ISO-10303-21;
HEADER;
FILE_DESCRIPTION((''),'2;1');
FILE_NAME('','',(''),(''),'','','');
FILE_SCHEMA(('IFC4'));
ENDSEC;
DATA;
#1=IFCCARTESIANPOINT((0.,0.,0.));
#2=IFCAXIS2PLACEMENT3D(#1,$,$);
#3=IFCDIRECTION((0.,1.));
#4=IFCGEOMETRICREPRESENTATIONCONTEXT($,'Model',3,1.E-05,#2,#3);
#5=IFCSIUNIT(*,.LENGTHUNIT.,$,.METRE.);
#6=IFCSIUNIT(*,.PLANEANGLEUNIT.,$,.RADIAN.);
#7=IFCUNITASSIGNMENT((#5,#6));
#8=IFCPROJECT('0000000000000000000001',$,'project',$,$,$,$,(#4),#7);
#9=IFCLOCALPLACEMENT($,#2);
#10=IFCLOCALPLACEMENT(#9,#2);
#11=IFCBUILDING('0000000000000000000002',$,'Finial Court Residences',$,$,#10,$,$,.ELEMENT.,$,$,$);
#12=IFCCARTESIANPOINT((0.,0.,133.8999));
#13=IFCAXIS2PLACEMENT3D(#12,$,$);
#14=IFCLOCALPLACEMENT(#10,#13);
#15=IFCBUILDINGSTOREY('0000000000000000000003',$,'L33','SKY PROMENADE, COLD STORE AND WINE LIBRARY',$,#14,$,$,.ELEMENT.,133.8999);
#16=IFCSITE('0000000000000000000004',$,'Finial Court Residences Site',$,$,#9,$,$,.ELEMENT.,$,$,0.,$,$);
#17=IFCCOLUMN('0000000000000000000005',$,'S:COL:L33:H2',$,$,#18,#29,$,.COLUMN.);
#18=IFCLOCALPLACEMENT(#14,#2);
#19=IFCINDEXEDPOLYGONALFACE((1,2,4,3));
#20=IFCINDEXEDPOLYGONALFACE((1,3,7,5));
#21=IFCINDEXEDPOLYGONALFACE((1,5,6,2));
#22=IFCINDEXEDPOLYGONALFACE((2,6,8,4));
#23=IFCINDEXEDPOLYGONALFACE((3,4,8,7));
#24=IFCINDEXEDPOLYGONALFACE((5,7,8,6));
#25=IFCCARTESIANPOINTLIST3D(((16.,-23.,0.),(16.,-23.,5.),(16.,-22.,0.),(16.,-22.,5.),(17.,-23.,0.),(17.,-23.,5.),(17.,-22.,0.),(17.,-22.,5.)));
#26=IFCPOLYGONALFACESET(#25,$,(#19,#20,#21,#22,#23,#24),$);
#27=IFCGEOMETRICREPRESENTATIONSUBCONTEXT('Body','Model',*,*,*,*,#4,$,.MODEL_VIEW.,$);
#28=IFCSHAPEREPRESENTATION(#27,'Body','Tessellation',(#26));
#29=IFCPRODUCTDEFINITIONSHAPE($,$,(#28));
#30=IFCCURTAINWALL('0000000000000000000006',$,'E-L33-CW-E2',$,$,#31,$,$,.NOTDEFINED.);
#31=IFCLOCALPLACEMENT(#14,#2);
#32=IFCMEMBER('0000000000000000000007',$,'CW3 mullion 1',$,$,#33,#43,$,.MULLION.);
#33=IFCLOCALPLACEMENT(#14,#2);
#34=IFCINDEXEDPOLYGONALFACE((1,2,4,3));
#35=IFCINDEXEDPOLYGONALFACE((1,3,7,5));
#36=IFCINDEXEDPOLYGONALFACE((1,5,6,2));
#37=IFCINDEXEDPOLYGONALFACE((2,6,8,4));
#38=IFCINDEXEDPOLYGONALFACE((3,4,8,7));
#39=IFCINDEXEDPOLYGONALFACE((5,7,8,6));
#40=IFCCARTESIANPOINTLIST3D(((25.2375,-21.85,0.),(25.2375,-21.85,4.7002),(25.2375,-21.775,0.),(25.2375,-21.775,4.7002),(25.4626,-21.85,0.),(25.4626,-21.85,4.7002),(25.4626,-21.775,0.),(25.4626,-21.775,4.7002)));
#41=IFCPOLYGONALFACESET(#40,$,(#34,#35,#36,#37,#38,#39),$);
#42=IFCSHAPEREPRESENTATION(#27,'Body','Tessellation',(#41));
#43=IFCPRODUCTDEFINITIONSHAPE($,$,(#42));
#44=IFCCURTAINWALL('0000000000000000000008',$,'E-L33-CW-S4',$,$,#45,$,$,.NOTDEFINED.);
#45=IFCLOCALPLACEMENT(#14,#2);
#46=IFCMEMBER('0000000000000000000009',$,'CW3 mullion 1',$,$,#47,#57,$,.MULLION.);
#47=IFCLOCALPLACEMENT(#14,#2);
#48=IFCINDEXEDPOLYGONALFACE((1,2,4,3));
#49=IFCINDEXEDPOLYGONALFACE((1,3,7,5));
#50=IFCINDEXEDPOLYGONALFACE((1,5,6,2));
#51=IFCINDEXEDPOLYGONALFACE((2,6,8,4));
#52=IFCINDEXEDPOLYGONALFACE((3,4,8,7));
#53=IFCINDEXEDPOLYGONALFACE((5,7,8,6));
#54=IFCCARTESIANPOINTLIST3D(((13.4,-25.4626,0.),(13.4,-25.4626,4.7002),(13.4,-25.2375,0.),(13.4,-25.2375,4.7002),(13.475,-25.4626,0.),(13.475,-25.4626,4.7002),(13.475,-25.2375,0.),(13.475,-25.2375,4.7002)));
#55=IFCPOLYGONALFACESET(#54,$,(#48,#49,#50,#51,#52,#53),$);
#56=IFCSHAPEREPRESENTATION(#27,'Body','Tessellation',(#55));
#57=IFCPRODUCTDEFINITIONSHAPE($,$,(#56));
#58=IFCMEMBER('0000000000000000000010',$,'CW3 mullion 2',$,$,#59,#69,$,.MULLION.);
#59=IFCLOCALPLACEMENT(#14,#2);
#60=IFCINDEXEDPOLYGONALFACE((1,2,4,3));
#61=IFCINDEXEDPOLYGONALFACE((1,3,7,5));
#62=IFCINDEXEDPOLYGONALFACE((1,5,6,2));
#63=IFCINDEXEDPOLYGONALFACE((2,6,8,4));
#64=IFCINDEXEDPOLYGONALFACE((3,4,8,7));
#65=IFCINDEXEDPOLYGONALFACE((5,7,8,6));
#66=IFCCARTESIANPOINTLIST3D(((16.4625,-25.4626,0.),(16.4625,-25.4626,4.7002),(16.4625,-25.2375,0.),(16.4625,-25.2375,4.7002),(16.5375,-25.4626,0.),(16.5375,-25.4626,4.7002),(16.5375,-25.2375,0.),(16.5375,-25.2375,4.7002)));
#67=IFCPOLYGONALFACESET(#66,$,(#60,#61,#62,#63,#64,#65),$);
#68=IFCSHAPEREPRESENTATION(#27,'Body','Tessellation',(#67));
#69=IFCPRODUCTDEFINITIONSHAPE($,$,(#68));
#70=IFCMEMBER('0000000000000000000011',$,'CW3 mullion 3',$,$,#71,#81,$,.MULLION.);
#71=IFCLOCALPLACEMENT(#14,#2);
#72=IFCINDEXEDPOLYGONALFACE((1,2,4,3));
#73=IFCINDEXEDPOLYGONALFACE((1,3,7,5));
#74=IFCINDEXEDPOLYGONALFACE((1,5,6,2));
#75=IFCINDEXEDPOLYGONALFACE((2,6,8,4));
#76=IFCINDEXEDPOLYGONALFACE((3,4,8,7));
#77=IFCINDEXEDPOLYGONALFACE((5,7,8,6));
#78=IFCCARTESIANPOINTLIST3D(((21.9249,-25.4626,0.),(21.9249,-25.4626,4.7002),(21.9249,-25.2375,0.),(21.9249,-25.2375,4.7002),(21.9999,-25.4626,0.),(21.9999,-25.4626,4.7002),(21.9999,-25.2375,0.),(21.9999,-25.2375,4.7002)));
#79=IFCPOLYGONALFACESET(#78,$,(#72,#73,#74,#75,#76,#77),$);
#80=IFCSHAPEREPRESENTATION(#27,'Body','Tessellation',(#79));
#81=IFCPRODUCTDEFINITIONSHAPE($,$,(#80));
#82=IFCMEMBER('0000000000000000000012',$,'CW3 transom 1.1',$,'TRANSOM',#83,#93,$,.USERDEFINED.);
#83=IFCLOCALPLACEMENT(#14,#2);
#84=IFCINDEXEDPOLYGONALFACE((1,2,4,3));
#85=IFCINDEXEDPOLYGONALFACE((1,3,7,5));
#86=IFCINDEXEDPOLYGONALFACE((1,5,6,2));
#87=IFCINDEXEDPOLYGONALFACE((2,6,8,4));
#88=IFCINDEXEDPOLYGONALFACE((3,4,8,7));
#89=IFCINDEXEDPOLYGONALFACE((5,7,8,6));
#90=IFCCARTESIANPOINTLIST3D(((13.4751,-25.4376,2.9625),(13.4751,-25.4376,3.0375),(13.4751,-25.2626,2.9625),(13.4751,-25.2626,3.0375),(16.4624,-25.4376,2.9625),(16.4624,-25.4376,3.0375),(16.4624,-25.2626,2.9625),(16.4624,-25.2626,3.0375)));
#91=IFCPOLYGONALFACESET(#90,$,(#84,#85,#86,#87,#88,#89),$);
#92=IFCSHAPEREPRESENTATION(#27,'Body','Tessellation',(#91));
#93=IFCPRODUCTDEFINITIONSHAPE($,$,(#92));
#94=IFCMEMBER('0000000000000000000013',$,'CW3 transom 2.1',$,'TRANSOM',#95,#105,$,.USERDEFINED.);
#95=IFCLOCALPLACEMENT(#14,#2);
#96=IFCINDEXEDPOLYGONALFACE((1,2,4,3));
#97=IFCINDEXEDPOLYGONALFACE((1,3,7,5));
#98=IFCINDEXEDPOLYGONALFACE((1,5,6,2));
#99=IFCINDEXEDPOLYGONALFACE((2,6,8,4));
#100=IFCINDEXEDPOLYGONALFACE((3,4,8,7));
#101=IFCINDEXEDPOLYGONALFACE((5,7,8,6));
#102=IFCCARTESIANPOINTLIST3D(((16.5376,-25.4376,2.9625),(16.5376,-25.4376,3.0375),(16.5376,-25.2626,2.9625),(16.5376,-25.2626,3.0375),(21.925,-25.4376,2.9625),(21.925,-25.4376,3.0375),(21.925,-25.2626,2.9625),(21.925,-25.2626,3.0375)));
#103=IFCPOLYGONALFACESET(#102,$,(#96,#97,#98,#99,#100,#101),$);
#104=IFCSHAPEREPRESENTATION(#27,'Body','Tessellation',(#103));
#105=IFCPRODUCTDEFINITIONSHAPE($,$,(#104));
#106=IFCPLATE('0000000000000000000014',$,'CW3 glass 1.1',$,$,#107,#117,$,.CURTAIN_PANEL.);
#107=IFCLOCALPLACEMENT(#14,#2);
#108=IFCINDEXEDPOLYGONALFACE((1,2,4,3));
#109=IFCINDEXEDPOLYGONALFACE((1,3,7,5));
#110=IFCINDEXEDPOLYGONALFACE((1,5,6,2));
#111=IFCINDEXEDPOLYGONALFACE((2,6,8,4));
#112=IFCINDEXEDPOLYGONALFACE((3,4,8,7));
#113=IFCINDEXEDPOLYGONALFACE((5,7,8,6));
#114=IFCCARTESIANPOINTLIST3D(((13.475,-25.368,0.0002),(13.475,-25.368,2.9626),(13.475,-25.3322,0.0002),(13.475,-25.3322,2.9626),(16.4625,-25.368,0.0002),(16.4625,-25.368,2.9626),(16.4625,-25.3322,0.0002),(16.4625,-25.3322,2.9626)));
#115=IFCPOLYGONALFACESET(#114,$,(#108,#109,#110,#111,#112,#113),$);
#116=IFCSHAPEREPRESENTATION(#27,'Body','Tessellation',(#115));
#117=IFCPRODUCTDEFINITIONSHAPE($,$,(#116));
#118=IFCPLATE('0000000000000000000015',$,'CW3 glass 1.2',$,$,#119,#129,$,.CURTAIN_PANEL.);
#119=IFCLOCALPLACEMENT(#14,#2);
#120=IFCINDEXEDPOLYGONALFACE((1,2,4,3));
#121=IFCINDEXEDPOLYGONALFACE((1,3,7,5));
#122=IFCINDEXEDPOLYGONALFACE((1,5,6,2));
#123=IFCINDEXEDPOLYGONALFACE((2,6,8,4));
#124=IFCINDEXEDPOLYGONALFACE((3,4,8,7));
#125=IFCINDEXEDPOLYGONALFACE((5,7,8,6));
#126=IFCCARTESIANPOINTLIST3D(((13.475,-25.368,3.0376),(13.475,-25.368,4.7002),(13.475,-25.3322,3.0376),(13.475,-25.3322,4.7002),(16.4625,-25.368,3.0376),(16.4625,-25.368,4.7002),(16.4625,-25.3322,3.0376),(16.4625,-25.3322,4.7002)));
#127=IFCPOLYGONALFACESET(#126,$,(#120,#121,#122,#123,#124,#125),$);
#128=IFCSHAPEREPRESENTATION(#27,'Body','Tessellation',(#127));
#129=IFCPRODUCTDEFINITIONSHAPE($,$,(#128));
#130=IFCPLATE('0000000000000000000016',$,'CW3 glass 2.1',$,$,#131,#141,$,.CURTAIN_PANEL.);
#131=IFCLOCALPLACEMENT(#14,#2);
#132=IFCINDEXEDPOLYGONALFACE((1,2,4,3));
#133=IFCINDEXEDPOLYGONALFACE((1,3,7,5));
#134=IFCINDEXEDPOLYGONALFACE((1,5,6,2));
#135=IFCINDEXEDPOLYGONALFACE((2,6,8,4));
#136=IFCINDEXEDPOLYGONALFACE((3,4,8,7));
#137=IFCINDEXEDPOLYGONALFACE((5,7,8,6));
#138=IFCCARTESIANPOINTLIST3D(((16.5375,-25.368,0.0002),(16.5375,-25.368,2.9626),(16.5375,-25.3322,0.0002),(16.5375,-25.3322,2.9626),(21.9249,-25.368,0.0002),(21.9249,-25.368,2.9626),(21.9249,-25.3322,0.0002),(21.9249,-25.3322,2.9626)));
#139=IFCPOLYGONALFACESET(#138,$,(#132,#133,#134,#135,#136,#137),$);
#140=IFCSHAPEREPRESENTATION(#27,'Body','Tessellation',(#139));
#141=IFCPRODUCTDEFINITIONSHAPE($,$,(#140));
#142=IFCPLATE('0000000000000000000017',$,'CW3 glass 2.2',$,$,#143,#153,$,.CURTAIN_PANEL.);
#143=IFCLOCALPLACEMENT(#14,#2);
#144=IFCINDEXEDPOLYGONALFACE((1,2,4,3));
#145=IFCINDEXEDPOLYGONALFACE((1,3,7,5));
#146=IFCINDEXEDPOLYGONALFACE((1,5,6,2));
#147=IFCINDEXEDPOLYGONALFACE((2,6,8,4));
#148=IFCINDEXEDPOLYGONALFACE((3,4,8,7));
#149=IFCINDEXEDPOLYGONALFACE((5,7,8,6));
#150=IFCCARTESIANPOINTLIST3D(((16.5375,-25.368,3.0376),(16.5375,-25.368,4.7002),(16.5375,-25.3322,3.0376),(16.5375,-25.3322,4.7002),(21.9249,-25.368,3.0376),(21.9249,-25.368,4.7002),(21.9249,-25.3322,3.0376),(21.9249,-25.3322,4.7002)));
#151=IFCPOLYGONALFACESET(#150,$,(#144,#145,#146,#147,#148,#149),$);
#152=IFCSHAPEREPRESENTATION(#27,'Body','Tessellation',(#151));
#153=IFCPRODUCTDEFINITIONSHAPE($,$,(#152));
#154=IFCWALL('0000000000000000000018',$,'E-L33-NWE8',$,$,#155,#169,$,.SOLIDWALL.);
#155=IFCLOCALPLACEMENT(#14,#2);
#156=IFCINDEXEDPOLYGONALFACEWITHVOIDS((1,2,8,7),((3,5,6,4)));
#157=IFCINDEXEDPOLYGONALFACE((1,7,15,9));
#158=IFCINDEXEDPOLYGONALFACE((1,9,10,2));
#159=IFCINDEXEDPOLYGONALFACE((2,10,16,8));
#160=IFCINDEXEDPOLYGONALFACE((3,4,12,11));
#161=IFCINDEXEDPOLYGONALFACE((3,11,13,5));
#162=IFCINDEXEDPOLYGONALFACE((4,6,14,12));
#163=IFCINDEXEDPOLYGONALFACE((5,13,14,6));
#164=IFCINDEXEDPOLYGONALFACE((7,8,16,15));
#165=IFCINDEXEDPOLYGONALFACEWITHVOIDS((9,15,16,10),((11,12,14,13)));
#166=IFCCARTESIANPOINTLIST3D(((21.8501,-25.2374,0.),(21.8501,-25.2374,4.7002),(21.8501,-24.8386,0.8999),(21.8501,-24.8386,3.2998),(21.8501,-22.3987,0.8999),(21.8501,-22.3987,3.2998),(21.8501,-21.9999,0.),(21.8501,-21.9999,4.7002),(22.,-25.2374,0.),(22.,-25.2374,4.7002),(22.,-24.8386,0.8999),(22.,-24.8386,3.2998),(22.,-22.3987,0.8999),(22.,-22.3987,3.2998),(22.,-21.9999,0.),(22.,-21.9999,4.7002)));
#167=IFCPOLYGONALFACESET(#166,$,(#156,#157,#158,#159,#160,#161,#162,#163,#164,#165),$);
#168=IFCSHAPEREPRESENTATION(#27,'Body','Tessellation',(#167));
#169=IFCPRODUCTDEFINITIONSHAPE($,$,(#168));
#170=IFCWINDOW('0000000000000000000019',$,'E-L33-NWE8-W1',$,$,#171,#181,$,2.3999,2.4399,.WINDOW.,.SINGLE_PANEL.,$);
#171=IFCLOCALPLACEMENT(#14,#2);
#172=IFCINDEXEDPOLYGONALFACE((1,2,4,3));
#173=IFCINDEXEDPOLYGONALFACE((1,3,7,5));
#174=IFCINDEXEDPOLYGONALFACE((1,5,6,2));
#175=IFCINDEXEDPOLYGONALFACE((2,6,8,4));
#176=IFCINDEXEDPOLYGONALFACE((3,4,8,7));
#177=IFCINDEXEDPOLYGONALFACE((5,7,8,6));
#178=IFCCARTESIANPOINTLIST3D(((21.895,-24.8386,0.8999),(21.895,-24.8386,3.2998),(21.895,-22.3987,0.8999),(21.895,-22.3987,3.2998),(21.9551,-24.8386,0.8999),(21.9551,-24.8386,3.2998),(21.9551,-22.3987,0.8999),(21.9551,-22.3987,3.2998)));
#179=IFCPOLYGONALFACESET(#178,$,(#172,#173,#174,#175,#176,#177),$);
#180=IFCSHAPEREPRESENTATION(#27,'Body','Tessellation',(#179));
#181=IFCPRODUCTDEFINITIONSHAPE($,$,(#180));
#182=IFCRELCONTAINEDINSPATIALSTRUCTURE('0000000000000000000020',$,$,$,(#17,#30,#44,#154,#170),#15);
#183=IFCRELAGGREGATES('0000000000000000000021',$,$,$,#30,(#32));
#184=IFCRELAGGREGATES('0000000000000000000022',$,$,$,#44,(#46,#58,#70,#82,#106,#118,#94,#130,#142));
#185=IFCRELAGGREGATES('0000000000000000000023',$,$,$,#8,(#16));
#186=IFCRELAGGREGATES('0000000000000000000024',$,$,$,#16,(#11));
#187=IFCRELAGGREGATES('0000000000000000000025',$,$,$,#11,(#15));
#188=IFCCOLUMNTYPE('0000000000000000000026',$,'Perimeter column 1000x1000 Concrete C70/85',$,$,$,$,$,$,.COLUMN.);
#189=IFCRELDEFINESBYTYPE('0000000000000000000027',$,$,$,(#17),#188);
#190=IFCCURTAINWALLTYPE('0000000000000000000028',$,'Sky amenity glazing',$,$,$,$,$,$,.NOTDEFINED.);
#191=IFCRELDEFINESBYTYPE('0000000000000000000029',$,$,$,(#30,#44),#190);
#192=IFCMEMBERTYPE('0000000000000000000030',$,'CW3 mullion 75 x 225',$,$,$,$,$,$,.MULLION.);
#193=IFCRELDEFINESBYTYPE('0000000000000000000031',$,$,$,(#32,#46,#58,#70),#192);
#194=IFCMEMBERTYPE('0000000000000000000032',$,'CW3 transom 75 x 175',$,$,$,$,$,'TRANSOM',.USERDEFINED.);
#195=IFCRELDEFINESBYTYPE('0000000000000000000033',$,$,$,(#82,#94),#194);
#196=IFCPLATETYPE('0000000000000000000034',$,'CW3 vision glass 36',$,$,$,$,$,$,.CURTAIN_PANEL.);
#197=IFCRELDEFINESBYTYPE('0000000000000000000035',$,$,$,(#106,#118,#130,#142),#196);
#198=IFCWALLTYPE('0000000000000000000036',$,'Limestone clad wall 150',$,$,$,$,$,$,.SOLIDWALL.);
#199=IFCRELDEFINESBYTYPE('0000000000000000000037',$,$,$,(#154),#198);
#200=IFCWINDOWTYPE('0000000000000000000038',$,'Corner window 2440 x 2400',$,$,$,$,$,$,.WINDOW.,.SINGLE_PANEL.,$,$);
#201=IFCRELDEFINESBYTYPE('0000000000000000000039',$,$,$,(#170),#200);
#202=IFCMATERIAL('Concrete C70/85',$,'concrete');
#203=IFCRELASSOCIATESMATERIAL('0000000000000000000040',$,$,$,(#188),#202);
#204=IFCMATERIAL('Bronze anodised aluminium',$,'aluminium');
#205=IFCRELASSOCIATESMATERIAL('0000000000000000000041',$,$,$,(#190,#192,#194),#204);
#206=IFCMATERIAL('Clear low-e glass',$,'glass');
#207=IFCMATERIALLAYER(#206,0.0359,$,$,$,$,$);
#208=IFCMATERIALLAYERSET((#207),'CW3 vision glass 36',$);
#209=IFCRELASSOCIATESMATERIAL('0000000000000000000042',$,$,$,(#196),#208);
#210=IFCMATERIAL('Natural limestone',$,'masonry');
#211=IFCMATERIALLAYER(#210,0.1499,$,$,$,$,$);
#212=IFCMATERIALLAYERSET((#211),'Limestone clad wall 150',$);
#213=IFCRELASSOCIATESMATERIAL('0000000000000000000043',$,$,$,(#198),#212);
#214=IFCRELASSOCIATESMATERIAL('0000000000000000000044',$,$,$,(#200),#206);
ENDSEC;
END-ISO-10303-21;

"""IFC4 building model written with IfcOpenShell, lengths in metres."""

from ifc_helpers import new_model, si_unit, direction, frame, frame_2d, origin, origin_2d, place, context, subcontext, project, spatial, rectangle, extrude, material, layer, layer_set, material_profile, profile_set, type_object, element, fill, aggregate, save


model = new_model("IFC4")

# Units and contexts
model_context = context("Model", 3, precision=1e-05, world=origin(), true_north=direction((0.0, 1.0)))
body_context = subcontext(model_context, "Body", "Model", "MODEL_VIEW")
ifc_project = project(units=[si_unit("LENGTHUNIT", "METRE"), si_unit("PLANEANGLEUNIT", "RADIAN")], contexts=[model_context])

# Site, building, storey
site_placement = place(None, origin())
site = spatial("IfcSite", under=ifc_project, at=site_placement, Name="Finial Court Residences Site", CompositionType="ELEMENT", RefElevation=0.0)
building_placement = place(site_placement, origin())
building = spatial("IfcBuilding", under=site, at=building_placement, Name="Finial Court Residences", CompositionType="ELEMENT")
storey_placement = place(building_placement, frame((0.0, 0.0, 133.8999)))
storey = spatial("IfcBuildingStorey", under=building, at=storey_placement, Name="L33", Description="SKY PROMENADE, COLD STORE AND WINE LIBRARY", CompositionType="ELEMENT", Elevation=133.8999)

# Column
ifc_material_1 = material(Name="Concrete C70/85", Category="concrete")
ifc_material_profile_1 = material_profile(ifc_material_1, rectangle(XDim=1.0, YDim=1.0, at=origin_2d()), Name="1000x1000")
ifc_profile_set_1 = profile_set([ifc_material_profile_1], Name="Concrete C70/85")
column_type = type_object("IfcColumnType", Name="Perimeter column 1000x1000 Concrete C70/85", PredefinedType="COLUMN", material=ifc_profile_set_1)
column_placement = place(storey_placement, frame((16.5, -22.5, 0.0), z_axis=(0.0, 0.0, 1.0), x_axis=(1.0, 0.0, 0.0)))
element("IfcColumn", 1, at=column_placement, inside=storey, type_object=column_type, Name="S:COL:L33:H2", PredefinedType="COLUMN", context=body_context, shape_type="SweptSolid", body=[
    extrude(rectangle(XDim=1.0, YDim=1.0, at=origin_2d()), origin(), (0.0, 0.0, 1.0), 5.0),
])

# Curtain wall, member
ifc_material_2 = material(Name="Bronze anodised aluminium", Category="aluminium")
curtain_wall_type = type_object("IfcCurtainWallType", Name="Sky amenity glazing", PredefinedType="NOTDEFINED", material=ifc_material_2)
curtain_wall_1_placement = place(storey_placement, origin())
curtain_wall_1 = element("IfcCurtainWall", 2, at=curtain_wall_1_placement, inside=storey, type_object=curtain_wall_type, Name="E-L33-CW-E2", PredefinedType="NOTDEFINED")
ifc_material_profile_2 = material_profile(ifc_material_2, rectangle(XDim=0.2251, YDim=0.075, at=origin_2d()), Name="CW3 mullion 75 x 225")
ifc_profile_set_2 = profile_set([ifc_material_profile_2], Name="Bronze anodised aluminium")
member_type_1 = type_object("IfcMemberType", Name="CW3 mullion 75 x 225", PredefinedType="MULLION", material=ifc_profile_set_2)
member_1_placement = place(storey_placement, frame((25.3501, -21.8125, 0.0), z_axis=(0.0, 0.0, 1.0), x_axis=(-1.0, 0.0, 0.0)))
member_1 = element("IfcMember", 3, at=member_1_placement, type_object=member_type_1, Name="CW3 mullion 1", PredefinedType="MULLION", context=body_context, shape_type="SweptSolid", body=[
    extrude(rectangle(XDim=0.2251, YDim=0.075, at=origin_2d()), origin(), (0.0, 0.0, 1.0), 4.7002),
])
aggregate(curtain_wall_1, [member_1])

# Curtain wall, members, plates
curtain_wall_2_placement = place(storey_placement, origin())
curtain_wall_2 = element("IfcCurtainWall", 4, at=curtain_wall_2_placement, inside=storey, type_object=curtain_wall_type, Name="E-L33-CW-S4", PredefinedType="NOTDEFINED")
member_2_placement = place(storey_placement, frame((13.4375, -25.3501, 0.0), z_axis=(0.0, 0.0, 1.0), x_axis=(0.0, 1.0, 0.0)))
member_2 = element("IfcMember", 5, at=member_2_placement, type_object=member_type_1, Name="CW3 mullion 1", PredefinedType="MULLION", context=body_context, shape_type="SweptSolid", body=[
    extrude(rectangle(XDim=0.2251, YDim=0.075, at=origin_2d()), origin(), (0.0, 0.0, 1.0), 4.7002),
])
member_3_placement = place(storey_placement, frame((16.5, -25.3501, 0.0), z_axis=(0.0, 0.0, 1.0), x_axis=(0.0, 1.0, 0.0)))
member_3 = element("IfcMember", 6, at=member_3_placement, type_object=member_type_1, Name="CW3 mullion 2", PredefinedType="MULLION", context=body_context, shape_type="SweptSolid", body=[
    extrude(rectangle(XDim=0.2251, YDim=0.075, at=origin_2d()), origin(), (0.0, 0.0, 1.0), 4.7002),
])
member_4_placement = place(storey_placement, frame((21.9624, -25.3501, 0.0), z_axis=(0.0, 0.0, 1.0), x_axis=(0.0, 1.0, 0.0)))
member_4 = element("IfcMember", 7, at=member_4_placement, type_object=member_type_1, Name="CW3 mullion 3", PredefinedType="MULLION", context=body_context, shape_type="SweptSolid", body=[
    extrude(rectangle(XDim=0.2251, YDim=0.075, at=origin_2d()), origin(), (0.0, 0.0, 1.0), 4.7002),
])
ifc_material_profile_3 = material_profile(ifc_material_2, rectangle(XDim=0.175, YDim=0.075, at=origin_2d()), Name="CW3 transom 75 x 175")
ifc_profile_set_3 = profile_set([ifc_material_profile_3], Name="Bronze anodised aluminium")
member_type_2 = type_object("IfcMemberType", Name="CW3 transom 75 x 175", ElementType="TRANSOM", PredefinedType="USERDEFINED", material=ifc_profile_set_3)
member_5_placement = place(storey_placement, frame((13.4751, -25.3501, 3.0), z_axis=(1.0, 0.0, 0.0), x_axis=(0.0, 1.0, 0.0)))
member_5 = element("IfcMember", 8, at=member_5_placement, type_object=member_type_2, Name="CW3 transom 1.1", ObjectType="TRANSOM", PredefinedType="USERDEFINED", context=body_context, shape_type="SweptSolid", body=[
    extrude(rectangle(XDim=0.175, YDim=0.075, at=origin_2d()), origin(), (0.0, 0.0, 1.0), 2.9873),
])
member_6_placement = place(storey_placement, frame((16.5376, -25.3501, 3.0), z_axis=(1.0, 0.0, 0.0), x_axis=(0.0, 1.0, 0.0)))
member_6 = element("IfcMember", 9, at=member_6_placement, type_object=member_type_2, Name="CW3 transom 2.1", ObjectType="TRANSOM", PredefinedType="USERDEFINED", context=body_context, shape_type="SweptSolid", body=[
    extrude(rectangle(XDim=0.175, YDim=0.075, at=origin_2d()), origin(), (0.0, 0.0, 1.0), 5.3875),
])
ifc_material_3 = material(Name="Clear low-e glass", Category="glass")
ifc_layer_1 = layer(ifc_material_3, 0.0359)
ifc_layer_set_1 = layer_set([ifc_layer_1], Name="CW3 vision glass 36")
plate_type = type_object("IfcPlateType", Name="CW3 vision glass 36", PredefinedType="CURTAIN_PANEL", material=ifc_layer_set_1)
plate_1_placement = place(storey_placement, frame((14.9688, -25.3501, 0.0002), z_axis=(0.0, 0.0, 1.0), x_axis=(1.0, 0.0, 0.0)))
plate_1 = element("IfcPlate", 10, at=plate_1_placement, type_object=plate_type, Name="CW3 glass 1.1", PredefinedType="CURTAIN_PANEL", context=body_context, shape_type="SweptSolid", body=[
    extrude(rectangle(XDim=2.9875, YDim=0.0359, at=origin_2d()), origin(), (0.0, 0.0, 1.0), 2.9624),
])
plate_2_placement = place(storey_placement, frame((14.9688, -25.3501, 3.0376), z_axis=(0.0, 0.0, 1.0), x_axis=(1.0, 0.0, 0.0)))
plate_2 = element("IfcPlate", 11, at=plate_2_placement, type_object=plate_type, Name="CW3 glass 1.2", PredefinedType="CURTAIN_PANEL", context=body_context, shape_type="SweptSolid", body=[
    extrude(rectangle(XDim=2.9875, YDim=0.0359, at=origin_2d()), origin(), (0.0, 0.0, 1.0), 1.6626),
])
plate_3_placement = place(storey_placement, frame((19.2312, -25.3501, 0.0002), z_axis=(0.0, 0.0, 1.0), x_axis=(1.0, 0.0, 0.0)))
plate_3 = element("IfcPlate", 12, at=plate_3_placement, type_object=plate_type, Name="CW3 glass 2.1", PredefinedType="CURTAIN_PANEL", context=body_context, shape_type="SweptSolid", body=[
    extrude(rectangle(XDim=5.3875, YDim=0.0359, at=origin_2d()), origin(), (0.0, 0.0, 1.0), 2.9624),
])
plate_4_placement = place(storey_placement, frame((19.2312, -25.3501, 3.0376), z_axis=(0.0, 0.0, 1.0), x_axis=(1.0, 0.0, 0.0)))
plate_4 = element("IfcPlate", 13, at=plate_4_placement, type_object=plate_type, Name="CW3 glass 2.2", PredefinedType="CURTAIN_PANEL", context=body_context, shape_type="SweptSolid", body=[
    extrude(rectangle(XDim=5.3875, YDim=0.0359, at=origin_2d()), origin(), (0.0, 0.0, 1.0), 1.6626),
])
aggregate(curtain_wall_2, [member_2, member_3, member_4, member_5, plate_1, plate_2, member_6, plate_3, plate_4])

# Wall, opening, window
ifc_material_4 = material(Name="Natural limestone", Category="masonry")
ifc_layer_2 = layer(ifc_material_4, 0.1499)
ifc_layer_set_2 = layer_set([ifc_layer_2], Name="Limestone clad wall 150")
wall_type = type_object("IfcWallType", Name="Limestone clad wall 150", PredefinedType="SOLIDWALL", material=ifc_layer_set_2)
wall_1_placement = place(storey_placement, frame((21.925, -22.0, 0.0), z_axis=(0.0, 0.0, 1.0), x_axis=(0.0, -1.0, 0.0)))
wall_1 = element("IfcWall", 14, at=wall_1_placement, inside=storey, type_object=wall_type, Name="E-L33-NWE8", PredefinedType="SOLIDWALL", context=body_context, shape_type="SweptSolid", body=[
    extrude(rectangle(XDim=3.2375, YDim=0.1499, at=frame_2d((1.6187, 0.0))), origin(), (0.0, 0.0, 1.0), 4.7002),
])
opening_1_placement = place(wall_1_placement, frame((0.3987, 0.0, 0.8999)))
opening_1 = element("IfcOpeningElement", 15, at=opening_1_placement, cuts=wall_1, PredefinedType="OPENING", context=body_context, shape_type="SweptSolid", body=[
    extrude(rectangle(XDim=2.4399, YDim=2.3999, at=frame_2d((1.22, 1.2))), frame((0.0, 0.085, 0.0), z_axis=(0.0, -1.0, 0.0), x_axis=(1.0, 0.0, 0.0)), (0.0, 0.0, 1.0), 0.1699),
])
window_type_1 = type_object("IfcWindowType", Name="Corner window 2440 x 2400", PartitioningType="SINGLE_PANEL", PredefinedType="WINDOW", material=ifc_material_3)
window_1_placement = place(opening_1_placement, origin())
window_1 = element("IfcWindow", 16, at=window_1_placement, inside=storey, type_object=window_type_1, Name="E-L33-NWE8-W1", OverallHeight=2.3999, OverallWidth=2.4399, PartitioningType="SINGLE_PANEL", PredefinedType="WINDOW", context=body_context, shape_type="SweptSolid", body=[
    extrude(rectangle(XDim=2.4399, YDim=2.3999, at=frame_2d((1.22, 1.2))), frame((0.0, 0.03, 0.0), z_axis=(0.0, -1.0, 0.0), x_axis=(1.0, 0.0, 0.0)), (0.0, 0.0, 1.0), 0.0601),
])
fill(opening_1, window_1)

save(model, "model.ifc")
